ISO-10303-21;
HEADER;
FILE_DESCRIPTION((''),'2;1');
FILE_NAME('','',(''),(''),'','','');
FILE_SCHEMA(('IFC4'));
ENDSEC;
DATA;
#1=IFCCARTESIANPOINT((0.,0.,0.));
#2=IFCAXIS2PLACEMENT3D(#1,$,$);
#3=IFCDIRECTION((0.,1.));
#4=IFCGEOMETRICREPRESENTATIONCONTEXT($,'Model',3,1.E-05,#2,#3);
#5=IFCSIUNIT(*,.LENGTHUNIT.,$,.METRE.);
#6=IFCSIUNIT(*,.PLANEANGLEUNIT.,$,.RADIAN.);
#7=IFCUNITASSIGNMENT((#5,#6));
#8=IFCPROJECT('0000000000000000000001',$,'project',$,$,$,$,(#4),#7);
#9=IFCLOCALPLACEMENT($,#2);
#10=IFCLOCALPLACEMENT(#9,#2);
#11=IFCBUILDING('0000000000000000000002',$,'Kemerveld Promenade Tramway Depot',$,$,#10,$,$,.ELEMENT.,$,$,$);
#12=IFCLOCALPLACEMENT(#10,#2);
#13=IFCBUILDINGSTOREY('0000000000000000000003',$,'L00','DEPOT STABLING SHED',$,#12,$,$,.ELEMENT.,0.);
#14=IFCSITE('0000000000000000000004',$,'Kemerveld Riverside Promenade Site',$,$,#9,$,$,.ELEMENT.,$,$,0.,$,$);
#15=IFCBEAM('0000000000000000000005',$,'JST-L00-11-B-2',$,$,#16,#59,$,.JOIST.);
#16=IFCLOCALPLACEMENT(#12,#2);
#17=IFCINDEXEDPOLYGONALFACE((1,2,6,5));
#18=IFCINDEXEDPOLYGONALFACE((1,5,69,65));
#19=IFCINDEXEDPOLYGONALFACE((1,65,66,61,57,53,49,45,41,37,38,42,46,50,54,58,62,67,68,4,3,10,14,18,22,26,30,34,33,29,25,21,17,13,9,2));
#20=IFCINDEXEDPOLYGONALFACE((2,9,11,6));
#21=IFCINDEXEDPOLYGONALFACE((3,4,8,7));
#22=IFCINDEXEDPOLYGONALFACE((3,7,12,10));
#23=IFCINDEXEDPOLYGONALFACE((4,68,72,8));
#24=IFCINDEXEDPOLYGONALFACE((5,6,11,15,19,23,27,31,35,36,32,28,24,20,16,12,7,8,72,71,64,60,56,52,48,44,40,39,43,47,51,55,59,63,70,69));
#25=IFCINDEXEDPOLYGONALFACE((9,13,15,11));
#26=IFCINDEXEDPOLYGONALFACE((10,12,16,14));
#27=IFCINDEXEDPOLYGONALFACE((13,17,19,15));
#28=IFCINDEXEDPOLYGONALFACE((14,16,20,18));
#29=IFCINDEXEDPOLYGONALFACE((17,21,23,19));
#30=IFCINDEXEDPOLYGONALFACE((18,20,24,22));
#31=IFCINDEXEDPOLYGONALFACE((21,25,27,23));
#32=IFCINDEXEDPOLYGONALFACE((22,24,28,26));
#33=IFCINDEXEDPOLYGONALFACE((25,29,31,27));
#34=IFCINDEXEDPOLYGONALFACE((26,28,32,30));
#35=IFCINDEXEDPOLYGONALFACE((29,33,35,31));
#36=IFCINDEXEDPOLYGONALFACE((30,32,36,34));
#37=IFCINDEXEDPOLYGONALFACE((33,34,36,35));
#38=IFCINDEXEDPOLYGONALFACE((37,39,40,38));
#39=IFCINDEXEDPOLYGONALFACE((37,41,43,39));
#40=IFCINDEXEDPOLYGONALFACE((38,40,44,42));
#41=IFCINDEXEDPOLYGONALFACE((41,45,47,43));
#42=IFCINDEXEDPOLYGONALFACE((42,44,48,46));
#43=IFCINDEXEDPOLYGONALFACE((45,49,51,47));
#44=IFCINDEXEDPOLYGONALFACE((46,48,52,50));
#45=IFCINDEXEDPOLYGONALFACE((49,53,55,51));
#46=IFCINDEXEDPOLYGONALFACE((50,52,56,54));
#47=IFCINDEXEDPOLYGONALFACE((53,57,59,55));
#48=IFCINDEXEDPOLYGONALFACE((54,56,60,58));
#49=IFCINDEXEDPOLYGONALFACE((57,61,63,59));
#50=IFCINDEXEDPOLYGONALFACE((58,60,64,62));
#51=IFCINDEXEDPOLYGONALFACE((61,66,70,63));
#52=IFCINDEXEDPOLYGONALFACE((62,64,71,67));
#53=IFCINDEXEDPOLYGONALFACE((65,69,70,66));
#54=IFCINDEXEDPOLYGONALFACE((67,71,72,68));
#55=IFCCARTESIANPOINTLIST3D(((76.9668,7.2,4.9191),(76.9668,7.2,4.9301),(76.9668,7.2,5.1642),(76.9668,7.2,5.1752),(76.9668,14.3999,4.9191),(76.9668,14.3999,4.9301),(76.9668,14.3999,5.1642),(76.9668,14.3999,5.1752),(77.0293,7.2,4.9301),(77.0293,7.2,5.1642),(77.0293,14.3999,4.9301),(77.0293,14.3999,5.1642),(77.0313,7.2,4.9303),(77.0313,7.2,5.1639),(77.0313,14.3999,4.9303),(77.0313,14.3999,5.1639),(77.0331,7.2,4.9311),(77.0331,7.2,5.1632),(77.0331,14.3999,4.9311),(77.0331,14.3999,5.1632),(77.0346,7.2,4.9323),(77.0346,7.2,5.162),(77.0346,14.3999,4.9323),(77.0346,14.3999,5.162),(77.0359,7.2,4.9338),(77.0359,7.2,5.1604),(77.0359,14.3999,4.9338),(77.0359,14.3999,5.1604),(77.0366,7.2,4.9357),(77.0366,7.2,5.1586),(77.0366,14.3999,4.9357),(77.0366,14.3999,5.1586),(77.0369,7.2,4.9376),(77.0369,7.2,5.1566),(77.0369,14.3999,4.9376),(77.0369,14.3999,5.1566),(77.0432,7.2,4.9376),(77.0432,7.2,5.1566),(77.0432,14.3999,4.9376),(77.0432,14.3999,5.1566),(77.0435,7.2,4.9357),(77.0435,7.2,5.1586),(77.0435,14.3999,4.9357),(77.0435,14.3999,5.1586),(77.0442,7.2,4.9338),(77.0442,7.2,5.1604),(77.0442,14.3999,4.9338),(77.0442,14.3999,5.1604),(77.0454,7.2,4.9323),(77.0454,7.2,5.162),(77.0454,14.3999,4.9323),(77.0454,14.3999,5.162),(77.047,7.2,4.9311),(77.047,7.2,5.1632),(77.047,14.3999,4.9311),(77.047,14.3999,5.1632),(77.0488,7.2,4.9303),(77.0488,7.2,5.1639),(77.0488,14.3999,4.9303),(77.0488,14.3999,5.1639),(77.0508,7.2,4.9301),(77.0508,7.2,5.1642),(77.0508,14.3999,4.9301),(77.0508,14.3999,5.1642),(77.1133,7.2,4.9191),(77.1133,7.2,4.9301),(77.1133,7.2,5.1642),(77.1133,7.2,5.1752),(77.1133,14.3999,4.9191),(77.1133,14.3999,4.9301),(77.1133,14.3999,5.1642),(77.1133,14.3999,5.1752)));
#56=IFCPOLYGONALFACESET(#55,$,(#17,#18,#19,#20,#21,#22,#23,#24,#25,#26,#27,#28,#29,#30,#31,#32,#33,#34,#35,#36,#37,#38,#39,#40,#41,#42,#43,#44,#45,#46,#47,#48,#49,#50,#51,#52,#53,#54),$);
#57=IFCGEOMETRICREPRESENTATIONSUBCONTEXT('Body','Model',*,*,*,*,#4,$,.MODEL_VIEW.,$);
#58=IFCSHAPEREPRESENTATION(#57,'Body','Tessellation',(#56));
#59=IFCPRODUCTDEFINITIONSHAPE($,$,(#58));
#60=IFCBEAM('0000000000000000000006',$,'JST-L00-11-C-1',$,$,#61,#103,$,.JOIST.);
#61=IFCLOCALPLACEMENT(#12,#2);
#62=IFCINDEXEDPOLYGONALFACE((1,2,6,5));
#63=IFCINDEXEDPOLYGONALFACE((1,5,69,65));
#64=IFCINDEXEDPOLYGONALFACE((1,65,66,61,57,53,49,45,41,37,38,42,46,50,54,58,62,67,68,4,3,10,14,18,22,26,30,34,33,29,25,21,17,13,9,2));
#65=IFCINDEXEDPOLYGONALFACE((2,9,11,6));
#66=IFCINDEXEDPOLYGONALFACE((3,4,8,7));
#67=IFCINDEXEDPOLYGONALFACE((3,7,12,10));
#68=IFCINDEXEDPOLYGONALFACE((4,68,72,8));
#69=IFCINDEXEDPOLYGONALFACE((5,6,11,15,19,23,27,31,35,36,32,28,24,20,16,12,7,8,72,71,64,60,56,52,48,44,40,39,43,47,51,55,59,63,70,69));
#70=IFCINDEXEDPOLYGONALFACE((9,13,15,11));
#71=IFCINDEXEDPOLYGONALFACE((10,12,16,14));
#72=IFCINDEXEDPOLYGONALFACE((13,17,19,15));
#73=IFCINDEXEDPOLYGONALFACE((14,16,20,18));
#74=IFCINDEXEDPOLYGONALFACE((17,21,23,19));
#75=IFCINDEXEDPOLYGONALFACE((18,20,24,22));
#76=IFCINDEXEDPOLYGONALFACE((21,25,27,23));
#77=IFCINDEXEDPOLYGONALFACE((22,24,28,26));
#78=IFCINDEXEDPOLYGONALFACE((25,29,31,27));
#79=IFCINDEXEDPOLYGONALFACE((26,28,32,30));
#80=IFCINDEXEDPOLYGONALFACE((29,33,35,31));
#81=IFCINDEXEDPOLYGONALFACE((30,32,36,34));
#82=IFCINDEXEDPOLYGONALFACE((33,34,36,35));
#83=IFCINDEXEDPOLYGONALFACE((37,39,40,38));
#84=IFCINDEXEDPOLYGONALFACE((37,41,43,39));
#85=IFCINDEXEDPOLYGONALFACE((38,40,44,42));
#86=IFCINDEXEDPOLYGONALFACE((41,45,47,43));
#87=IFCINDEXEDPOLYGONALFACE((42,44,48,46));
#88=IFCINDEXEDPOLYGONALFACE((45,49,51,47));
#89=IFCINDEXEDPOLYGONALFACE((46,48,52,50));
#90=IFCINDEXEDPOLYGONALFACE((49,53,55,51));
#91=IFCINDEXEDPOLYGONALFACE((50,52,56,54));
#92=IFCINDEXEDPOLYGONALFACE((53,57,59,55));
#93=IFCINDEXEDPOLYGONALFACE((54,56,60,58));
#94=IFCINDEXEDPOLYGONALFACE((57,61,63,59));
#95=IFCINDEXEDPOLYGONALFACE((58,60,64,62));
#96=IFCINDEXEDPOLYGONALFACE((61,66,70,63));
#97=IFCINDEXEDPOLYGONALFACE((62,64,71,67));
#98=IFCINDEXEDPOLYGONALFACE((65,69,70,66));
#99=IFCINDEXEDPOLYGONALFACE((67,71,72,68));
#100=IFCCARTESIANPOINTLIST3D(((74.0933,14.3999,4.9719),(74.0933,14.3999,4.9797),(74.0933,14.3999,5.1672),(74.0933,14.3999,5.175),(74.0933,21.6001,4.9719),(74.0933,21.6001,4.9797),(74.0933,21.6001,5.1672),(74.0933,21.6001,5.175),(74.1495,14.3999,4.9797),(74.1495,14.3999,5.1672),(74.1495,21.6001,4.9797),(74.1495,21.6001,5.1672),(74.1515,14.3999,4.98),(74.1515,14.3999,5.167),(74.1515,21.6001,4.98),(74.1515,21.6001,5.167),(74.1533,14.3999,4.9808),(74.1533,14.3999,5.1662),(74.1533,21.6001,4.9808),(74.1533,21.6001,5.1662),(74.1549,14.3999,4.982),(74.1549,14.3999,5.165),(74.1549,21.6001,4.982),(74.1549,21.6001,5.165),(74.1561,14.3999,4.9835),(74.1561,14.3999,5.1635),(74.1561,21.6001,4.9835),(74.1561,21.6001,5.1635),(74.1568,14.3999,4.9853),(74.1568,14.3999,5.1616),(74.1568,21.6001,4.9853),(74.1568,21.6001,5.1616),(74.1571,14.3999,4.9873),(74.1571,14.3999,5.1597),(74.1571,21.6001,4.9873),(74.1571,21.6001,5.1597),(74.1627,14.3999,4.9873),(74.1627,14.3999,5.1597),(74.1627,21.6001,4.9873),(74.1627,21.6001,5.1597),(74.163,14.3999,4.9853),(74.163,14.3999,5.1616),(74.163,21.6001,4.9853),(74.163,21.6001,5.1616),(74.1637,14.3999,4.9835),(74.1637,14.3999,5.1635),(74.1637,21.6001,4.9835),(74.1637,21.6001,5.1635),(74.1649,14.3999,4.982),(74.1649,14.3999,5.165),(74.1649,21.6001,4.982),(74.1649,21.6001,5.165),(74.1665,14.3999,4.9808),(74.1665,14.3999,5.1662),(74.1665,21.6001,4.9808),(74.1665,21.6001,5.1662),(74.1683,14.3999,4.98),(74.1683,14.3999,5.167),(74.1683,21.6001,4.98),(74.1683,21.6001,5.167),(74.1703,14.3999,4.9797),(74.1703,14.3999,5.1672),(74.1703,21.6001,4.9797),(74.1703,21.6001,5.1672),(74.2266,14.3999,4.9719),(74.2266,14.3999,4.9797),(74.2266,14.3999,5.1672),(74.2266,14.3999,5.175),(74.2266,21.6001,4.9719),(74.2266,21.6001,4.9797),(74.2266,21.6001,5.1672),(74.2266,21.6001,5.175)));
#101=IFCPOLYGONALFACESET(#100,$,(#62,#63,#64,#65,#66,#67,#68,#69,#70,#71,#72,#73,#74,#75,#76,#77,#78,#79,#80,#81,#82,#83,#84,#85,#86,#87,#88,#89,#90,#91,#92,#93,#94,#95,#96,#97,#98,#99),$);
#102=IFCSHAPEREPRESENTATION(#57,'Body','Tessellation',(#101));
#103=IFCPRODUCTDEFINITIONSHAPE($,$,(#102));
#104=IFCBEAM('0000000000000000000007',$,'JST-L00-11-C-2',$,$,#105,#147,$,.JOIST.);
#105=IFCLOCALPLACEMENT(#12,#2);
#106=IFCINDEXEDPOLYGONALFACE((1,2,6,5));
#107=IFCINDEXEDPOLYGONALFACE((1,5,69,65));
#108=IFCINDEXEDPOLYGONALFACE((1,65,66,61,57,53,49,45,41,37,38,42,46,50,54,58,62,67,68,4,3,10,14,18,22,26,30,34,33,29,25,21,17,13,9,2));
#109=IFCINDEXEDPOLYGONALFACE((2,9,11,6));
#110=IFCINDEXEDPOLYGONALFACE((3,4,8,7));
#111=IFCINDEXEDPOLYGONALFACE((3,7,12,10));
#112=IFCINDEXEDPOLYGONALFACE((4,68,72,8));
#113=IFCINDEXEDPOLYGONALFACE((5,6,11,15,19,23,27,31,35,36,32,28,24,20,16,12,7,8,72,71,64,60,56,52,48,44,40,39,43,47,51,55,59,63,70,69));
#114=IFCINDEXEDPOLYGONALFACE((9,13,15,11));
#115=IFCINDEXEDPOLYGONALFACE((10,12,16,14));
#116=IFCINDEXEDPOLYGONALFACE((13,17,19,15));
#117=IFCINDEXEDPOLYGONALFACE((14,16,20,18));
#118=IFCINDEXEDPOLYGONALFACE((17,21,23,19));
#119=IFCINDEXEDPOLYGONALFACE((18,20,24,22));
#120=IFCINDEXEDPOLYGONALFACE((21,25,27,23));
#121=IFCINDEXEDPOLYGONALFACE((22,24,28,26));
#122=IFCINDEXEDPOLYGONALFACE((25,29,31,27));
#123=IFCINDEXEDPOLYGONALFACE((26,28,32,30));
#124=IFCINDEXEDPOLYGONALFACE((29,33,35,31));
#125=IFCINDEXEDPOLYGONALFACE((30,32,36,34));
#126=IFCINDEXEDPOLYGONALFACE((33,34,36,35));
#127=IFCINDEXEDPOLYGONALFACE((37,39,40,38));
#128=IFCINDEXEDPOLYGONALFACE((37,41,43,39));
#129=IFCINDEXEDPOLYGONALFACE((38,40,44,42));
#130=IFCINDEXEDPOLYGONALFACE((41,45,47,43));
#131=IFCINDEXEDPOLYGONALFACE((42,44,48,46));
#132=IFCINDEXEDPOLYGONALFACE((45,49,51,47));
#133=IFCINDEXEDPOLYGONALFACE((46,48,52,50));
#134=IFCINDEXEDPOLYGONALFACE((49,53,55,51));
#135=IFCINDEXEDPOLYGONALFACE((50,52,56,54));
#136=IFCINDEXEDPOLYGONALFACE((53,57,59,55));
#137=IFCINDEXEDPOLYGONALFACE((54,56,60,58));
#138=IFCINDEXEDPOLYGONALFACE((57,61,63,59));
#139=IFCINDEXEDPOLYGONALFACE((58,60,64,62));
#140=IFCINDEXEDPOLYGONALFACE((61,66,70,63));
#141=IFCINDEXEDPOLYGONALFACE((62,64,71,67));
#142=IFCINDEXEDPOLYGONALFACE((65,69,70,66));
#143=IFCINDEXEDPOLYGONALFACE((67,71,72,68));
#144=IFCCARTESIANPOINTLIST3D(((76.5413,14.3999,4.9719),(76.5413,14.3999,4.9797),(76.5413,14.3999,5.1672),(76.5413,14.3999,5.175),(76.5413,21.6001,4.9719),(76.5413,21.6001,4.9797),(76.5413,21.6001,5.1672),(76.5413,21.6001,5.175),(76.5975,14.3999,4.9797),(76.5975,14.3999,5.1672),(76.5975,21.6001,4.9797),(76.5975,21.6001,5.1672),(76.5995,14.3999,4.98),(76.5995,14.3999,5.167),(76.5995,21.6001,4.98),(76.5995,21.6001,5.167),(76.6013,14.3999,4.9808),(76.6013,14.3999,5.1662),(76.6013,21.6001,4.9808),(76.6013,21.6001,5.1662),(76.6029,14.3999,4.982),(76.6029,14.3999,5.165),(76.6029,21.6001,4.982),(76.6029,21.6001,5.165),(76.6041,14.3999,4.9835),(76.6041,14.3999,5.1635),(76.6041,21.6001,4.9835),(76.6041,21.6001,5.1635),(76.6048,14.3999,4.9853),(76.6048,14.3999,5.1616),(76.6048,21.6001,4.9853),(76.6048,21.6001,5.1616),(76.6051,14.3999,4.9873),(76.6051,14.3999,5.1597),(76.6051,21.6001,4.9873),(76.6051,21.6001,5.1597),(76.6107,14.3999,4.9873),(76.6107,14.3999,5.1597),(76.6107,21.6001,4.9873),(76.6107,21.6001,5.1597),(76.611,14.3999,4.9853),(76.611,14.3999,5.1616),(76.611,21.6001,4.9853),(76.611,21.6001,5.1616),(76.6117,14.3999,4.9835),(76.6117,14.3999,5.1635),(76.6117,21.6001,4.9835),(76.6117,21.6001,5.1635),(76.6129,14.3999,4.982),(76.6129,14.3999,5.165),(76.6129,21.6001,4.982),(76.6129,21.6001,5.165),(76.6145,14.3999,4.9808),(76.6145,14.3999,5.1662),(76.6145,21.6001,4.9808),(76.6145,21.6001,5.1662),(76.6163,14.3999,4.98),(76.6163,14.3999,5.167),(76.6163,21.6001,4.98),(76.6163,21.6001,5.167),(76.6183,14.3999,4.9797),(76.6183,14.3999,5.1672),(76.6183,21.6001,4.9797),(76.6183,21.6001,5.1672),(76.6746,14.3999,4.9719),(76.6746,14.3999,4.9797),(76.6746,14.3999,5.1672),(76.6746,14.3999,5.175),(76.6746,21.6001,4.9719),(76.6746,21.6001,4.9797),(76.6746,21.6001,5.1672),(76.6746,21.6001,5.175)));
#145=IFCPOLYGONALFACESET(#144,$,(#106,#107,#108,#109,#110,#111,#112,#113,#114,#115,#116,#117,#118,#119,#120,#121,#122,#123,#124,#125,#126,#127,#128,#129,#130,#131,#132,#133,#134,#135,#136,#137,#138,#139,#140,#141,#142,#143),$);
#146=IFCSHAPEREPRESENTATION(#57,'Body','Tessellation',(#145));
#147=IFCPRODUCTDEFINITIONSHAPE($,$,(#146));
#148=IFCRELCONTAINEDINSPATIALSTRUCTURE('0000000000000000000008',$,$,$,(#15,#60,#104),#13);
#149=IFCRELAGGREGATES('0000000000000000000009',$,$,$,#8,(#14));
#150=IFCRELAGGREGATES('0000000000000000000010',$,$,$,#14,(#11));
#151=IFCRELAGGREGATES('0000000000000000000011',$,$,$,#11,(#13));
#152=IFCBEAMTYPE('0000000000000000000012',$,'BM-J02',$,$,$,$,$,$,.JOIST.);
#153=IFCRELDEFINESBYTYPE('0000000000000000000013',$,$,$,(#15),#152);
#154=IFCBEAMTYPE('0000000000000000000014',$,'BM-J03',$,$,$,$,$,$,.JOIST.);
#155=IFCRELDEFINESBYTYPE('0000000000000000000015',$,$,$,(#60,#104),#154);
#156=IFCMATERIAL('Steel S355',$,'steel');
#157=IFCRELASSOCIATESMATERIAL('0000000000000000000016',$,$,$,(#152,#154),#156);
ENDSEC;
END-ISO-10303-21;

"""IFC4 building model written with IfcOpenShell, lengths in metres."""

from ifc_helpers import new_model, si_unit, direction, frame, origin, origin_2d, place, context, subcontext, project, spatial, i_section, extrude, material, material_profile, profile_set, type_object, element, save


model = new_model("IFC4")

# Units and contexts
model_context = context("Model", 3, precision=1e-05, world=origin(), true_north=direction((0.0, 1.0)))
body_context = subcontext(model_context, "Body", "Model", "MODEL_VIEW")
ifc_project = project(units=[si_unit("LENGTHUNIT", "METRE"), si_unit("PLANEANGLEUNIT", "RADIAN")], contexts=[model_context])

# Site, building, storey
site_placement = place(None, origin())
site = spatial("IfcSite", under=ifc_project, at=site_placement, Name="Kemerveld Riverside Promenade Site", CompositionType="ELEMENT", RefElevation=0.0)
building_placement = place(site_placement, origin())
building = spatial("IfcBuilding", under=site, at=building_placement, Name="Kemerveld Promenade Tramway Depot", CompositionType="ELEMENT")
storey_placement = place(building_placement, origin())
storey = spatial("IfcBuildingStorey", under=building, at=storey_placement, Name="L00", Description="DEPOT STABLING SHED", CompositionType="ELEMENT", Elevation=0.0)

# Beams
ifc_material_1 = material(Name="Steel S355", Category="steel")
ifc_material_profile_1 = material_profile(ifc_material_1, i_section(OverallWidth=0.1465, OverallDepth=0.2561, WebThickness=0.0063, FlangeThickness=0.011, FilletRadius=0.0076, at=origin_2d()), Name="254x146x37 UB")
ifc_profile_set_1 = profile_set([ifc_material_profile_1], Name="Steel S355")
beam_type_1 = type_object("IfcBeamType", Name="BM-J02", PredefinedType="JOIST", material=ifc_profile_set_1)
beam_placement = place(storey_placement, frame((77.04, 7.2, 5.0471), z_axis=(0.0, 1.0, 0.0), x_axis=(-1.0, 0.0, 0.0)))
element("IfcBeam", 1, at=beam_placement, inside=storey, type_object=beam_type_1, Name="JST-L00-11-B-2", PredefinedType="JOIST", context=body_context, shape_type="SweptSolid", body=[
    extrude(i_section(OverallWidth=0.1465, OverallDepth=0.2561, WebThickness=0.0063, FlangeThickness=0.011, FilletRadius=0.0076, at=origin_2d()), origin(), (0.0, 0.0, 1.0), 7.2),
])
ifc_material_profile_2 = material_profile(ifc_material_1, i_section(OverallWidth=0.1333, OverallDepth=0.2031, WebThickness=0.0056, FlangeThickness=0.0078, FilletRadius=0.0076, at=origin_2d()), Name="203x133x25 UB")
ifc_profile_set_2 = profile_set([ifc_material_profile_2], Name="Steel S355")
beam_type_2 = type_object("IfcBeamType", Name="BM-J03", PredefinedType="JOIST", material=ifc_profile_set_2)
for number, where, z_axis, x_axis, name in (
    (2, (74.1599, 14.3999, 5.0735), (0.0, 1.0, 0.0), (-1.0, 0.0, 0.0), "JST-L00-11-C-1"),
    (3, (76.6079, 14.3999, 5.0735), (0.0, 1.0, 0.0), (-1.0, 0.0, 0.0), "JST-L00-11-C-2"),
):
    element("IfcBeam", number, at=place(storey_placement, frame(where, z_axis=z_axis, x_axis=x_axis)), inside=storey, type_object=beam_type_2, Name=name, PredefinedType="JOIST", context=body_context, shape_type="SweptSolid", body=[
        extrude(i_section(OverallWidth=0.1333, OverallDepth=0.2031, WebThickness=0.0056, FlangeThickness=0.0078, FilletRadius=0.0076, at=origin_2d()), origin(), (0.0, 0.0, 1.0), 7.2002),
    ])

save(model, "model.ifc")
